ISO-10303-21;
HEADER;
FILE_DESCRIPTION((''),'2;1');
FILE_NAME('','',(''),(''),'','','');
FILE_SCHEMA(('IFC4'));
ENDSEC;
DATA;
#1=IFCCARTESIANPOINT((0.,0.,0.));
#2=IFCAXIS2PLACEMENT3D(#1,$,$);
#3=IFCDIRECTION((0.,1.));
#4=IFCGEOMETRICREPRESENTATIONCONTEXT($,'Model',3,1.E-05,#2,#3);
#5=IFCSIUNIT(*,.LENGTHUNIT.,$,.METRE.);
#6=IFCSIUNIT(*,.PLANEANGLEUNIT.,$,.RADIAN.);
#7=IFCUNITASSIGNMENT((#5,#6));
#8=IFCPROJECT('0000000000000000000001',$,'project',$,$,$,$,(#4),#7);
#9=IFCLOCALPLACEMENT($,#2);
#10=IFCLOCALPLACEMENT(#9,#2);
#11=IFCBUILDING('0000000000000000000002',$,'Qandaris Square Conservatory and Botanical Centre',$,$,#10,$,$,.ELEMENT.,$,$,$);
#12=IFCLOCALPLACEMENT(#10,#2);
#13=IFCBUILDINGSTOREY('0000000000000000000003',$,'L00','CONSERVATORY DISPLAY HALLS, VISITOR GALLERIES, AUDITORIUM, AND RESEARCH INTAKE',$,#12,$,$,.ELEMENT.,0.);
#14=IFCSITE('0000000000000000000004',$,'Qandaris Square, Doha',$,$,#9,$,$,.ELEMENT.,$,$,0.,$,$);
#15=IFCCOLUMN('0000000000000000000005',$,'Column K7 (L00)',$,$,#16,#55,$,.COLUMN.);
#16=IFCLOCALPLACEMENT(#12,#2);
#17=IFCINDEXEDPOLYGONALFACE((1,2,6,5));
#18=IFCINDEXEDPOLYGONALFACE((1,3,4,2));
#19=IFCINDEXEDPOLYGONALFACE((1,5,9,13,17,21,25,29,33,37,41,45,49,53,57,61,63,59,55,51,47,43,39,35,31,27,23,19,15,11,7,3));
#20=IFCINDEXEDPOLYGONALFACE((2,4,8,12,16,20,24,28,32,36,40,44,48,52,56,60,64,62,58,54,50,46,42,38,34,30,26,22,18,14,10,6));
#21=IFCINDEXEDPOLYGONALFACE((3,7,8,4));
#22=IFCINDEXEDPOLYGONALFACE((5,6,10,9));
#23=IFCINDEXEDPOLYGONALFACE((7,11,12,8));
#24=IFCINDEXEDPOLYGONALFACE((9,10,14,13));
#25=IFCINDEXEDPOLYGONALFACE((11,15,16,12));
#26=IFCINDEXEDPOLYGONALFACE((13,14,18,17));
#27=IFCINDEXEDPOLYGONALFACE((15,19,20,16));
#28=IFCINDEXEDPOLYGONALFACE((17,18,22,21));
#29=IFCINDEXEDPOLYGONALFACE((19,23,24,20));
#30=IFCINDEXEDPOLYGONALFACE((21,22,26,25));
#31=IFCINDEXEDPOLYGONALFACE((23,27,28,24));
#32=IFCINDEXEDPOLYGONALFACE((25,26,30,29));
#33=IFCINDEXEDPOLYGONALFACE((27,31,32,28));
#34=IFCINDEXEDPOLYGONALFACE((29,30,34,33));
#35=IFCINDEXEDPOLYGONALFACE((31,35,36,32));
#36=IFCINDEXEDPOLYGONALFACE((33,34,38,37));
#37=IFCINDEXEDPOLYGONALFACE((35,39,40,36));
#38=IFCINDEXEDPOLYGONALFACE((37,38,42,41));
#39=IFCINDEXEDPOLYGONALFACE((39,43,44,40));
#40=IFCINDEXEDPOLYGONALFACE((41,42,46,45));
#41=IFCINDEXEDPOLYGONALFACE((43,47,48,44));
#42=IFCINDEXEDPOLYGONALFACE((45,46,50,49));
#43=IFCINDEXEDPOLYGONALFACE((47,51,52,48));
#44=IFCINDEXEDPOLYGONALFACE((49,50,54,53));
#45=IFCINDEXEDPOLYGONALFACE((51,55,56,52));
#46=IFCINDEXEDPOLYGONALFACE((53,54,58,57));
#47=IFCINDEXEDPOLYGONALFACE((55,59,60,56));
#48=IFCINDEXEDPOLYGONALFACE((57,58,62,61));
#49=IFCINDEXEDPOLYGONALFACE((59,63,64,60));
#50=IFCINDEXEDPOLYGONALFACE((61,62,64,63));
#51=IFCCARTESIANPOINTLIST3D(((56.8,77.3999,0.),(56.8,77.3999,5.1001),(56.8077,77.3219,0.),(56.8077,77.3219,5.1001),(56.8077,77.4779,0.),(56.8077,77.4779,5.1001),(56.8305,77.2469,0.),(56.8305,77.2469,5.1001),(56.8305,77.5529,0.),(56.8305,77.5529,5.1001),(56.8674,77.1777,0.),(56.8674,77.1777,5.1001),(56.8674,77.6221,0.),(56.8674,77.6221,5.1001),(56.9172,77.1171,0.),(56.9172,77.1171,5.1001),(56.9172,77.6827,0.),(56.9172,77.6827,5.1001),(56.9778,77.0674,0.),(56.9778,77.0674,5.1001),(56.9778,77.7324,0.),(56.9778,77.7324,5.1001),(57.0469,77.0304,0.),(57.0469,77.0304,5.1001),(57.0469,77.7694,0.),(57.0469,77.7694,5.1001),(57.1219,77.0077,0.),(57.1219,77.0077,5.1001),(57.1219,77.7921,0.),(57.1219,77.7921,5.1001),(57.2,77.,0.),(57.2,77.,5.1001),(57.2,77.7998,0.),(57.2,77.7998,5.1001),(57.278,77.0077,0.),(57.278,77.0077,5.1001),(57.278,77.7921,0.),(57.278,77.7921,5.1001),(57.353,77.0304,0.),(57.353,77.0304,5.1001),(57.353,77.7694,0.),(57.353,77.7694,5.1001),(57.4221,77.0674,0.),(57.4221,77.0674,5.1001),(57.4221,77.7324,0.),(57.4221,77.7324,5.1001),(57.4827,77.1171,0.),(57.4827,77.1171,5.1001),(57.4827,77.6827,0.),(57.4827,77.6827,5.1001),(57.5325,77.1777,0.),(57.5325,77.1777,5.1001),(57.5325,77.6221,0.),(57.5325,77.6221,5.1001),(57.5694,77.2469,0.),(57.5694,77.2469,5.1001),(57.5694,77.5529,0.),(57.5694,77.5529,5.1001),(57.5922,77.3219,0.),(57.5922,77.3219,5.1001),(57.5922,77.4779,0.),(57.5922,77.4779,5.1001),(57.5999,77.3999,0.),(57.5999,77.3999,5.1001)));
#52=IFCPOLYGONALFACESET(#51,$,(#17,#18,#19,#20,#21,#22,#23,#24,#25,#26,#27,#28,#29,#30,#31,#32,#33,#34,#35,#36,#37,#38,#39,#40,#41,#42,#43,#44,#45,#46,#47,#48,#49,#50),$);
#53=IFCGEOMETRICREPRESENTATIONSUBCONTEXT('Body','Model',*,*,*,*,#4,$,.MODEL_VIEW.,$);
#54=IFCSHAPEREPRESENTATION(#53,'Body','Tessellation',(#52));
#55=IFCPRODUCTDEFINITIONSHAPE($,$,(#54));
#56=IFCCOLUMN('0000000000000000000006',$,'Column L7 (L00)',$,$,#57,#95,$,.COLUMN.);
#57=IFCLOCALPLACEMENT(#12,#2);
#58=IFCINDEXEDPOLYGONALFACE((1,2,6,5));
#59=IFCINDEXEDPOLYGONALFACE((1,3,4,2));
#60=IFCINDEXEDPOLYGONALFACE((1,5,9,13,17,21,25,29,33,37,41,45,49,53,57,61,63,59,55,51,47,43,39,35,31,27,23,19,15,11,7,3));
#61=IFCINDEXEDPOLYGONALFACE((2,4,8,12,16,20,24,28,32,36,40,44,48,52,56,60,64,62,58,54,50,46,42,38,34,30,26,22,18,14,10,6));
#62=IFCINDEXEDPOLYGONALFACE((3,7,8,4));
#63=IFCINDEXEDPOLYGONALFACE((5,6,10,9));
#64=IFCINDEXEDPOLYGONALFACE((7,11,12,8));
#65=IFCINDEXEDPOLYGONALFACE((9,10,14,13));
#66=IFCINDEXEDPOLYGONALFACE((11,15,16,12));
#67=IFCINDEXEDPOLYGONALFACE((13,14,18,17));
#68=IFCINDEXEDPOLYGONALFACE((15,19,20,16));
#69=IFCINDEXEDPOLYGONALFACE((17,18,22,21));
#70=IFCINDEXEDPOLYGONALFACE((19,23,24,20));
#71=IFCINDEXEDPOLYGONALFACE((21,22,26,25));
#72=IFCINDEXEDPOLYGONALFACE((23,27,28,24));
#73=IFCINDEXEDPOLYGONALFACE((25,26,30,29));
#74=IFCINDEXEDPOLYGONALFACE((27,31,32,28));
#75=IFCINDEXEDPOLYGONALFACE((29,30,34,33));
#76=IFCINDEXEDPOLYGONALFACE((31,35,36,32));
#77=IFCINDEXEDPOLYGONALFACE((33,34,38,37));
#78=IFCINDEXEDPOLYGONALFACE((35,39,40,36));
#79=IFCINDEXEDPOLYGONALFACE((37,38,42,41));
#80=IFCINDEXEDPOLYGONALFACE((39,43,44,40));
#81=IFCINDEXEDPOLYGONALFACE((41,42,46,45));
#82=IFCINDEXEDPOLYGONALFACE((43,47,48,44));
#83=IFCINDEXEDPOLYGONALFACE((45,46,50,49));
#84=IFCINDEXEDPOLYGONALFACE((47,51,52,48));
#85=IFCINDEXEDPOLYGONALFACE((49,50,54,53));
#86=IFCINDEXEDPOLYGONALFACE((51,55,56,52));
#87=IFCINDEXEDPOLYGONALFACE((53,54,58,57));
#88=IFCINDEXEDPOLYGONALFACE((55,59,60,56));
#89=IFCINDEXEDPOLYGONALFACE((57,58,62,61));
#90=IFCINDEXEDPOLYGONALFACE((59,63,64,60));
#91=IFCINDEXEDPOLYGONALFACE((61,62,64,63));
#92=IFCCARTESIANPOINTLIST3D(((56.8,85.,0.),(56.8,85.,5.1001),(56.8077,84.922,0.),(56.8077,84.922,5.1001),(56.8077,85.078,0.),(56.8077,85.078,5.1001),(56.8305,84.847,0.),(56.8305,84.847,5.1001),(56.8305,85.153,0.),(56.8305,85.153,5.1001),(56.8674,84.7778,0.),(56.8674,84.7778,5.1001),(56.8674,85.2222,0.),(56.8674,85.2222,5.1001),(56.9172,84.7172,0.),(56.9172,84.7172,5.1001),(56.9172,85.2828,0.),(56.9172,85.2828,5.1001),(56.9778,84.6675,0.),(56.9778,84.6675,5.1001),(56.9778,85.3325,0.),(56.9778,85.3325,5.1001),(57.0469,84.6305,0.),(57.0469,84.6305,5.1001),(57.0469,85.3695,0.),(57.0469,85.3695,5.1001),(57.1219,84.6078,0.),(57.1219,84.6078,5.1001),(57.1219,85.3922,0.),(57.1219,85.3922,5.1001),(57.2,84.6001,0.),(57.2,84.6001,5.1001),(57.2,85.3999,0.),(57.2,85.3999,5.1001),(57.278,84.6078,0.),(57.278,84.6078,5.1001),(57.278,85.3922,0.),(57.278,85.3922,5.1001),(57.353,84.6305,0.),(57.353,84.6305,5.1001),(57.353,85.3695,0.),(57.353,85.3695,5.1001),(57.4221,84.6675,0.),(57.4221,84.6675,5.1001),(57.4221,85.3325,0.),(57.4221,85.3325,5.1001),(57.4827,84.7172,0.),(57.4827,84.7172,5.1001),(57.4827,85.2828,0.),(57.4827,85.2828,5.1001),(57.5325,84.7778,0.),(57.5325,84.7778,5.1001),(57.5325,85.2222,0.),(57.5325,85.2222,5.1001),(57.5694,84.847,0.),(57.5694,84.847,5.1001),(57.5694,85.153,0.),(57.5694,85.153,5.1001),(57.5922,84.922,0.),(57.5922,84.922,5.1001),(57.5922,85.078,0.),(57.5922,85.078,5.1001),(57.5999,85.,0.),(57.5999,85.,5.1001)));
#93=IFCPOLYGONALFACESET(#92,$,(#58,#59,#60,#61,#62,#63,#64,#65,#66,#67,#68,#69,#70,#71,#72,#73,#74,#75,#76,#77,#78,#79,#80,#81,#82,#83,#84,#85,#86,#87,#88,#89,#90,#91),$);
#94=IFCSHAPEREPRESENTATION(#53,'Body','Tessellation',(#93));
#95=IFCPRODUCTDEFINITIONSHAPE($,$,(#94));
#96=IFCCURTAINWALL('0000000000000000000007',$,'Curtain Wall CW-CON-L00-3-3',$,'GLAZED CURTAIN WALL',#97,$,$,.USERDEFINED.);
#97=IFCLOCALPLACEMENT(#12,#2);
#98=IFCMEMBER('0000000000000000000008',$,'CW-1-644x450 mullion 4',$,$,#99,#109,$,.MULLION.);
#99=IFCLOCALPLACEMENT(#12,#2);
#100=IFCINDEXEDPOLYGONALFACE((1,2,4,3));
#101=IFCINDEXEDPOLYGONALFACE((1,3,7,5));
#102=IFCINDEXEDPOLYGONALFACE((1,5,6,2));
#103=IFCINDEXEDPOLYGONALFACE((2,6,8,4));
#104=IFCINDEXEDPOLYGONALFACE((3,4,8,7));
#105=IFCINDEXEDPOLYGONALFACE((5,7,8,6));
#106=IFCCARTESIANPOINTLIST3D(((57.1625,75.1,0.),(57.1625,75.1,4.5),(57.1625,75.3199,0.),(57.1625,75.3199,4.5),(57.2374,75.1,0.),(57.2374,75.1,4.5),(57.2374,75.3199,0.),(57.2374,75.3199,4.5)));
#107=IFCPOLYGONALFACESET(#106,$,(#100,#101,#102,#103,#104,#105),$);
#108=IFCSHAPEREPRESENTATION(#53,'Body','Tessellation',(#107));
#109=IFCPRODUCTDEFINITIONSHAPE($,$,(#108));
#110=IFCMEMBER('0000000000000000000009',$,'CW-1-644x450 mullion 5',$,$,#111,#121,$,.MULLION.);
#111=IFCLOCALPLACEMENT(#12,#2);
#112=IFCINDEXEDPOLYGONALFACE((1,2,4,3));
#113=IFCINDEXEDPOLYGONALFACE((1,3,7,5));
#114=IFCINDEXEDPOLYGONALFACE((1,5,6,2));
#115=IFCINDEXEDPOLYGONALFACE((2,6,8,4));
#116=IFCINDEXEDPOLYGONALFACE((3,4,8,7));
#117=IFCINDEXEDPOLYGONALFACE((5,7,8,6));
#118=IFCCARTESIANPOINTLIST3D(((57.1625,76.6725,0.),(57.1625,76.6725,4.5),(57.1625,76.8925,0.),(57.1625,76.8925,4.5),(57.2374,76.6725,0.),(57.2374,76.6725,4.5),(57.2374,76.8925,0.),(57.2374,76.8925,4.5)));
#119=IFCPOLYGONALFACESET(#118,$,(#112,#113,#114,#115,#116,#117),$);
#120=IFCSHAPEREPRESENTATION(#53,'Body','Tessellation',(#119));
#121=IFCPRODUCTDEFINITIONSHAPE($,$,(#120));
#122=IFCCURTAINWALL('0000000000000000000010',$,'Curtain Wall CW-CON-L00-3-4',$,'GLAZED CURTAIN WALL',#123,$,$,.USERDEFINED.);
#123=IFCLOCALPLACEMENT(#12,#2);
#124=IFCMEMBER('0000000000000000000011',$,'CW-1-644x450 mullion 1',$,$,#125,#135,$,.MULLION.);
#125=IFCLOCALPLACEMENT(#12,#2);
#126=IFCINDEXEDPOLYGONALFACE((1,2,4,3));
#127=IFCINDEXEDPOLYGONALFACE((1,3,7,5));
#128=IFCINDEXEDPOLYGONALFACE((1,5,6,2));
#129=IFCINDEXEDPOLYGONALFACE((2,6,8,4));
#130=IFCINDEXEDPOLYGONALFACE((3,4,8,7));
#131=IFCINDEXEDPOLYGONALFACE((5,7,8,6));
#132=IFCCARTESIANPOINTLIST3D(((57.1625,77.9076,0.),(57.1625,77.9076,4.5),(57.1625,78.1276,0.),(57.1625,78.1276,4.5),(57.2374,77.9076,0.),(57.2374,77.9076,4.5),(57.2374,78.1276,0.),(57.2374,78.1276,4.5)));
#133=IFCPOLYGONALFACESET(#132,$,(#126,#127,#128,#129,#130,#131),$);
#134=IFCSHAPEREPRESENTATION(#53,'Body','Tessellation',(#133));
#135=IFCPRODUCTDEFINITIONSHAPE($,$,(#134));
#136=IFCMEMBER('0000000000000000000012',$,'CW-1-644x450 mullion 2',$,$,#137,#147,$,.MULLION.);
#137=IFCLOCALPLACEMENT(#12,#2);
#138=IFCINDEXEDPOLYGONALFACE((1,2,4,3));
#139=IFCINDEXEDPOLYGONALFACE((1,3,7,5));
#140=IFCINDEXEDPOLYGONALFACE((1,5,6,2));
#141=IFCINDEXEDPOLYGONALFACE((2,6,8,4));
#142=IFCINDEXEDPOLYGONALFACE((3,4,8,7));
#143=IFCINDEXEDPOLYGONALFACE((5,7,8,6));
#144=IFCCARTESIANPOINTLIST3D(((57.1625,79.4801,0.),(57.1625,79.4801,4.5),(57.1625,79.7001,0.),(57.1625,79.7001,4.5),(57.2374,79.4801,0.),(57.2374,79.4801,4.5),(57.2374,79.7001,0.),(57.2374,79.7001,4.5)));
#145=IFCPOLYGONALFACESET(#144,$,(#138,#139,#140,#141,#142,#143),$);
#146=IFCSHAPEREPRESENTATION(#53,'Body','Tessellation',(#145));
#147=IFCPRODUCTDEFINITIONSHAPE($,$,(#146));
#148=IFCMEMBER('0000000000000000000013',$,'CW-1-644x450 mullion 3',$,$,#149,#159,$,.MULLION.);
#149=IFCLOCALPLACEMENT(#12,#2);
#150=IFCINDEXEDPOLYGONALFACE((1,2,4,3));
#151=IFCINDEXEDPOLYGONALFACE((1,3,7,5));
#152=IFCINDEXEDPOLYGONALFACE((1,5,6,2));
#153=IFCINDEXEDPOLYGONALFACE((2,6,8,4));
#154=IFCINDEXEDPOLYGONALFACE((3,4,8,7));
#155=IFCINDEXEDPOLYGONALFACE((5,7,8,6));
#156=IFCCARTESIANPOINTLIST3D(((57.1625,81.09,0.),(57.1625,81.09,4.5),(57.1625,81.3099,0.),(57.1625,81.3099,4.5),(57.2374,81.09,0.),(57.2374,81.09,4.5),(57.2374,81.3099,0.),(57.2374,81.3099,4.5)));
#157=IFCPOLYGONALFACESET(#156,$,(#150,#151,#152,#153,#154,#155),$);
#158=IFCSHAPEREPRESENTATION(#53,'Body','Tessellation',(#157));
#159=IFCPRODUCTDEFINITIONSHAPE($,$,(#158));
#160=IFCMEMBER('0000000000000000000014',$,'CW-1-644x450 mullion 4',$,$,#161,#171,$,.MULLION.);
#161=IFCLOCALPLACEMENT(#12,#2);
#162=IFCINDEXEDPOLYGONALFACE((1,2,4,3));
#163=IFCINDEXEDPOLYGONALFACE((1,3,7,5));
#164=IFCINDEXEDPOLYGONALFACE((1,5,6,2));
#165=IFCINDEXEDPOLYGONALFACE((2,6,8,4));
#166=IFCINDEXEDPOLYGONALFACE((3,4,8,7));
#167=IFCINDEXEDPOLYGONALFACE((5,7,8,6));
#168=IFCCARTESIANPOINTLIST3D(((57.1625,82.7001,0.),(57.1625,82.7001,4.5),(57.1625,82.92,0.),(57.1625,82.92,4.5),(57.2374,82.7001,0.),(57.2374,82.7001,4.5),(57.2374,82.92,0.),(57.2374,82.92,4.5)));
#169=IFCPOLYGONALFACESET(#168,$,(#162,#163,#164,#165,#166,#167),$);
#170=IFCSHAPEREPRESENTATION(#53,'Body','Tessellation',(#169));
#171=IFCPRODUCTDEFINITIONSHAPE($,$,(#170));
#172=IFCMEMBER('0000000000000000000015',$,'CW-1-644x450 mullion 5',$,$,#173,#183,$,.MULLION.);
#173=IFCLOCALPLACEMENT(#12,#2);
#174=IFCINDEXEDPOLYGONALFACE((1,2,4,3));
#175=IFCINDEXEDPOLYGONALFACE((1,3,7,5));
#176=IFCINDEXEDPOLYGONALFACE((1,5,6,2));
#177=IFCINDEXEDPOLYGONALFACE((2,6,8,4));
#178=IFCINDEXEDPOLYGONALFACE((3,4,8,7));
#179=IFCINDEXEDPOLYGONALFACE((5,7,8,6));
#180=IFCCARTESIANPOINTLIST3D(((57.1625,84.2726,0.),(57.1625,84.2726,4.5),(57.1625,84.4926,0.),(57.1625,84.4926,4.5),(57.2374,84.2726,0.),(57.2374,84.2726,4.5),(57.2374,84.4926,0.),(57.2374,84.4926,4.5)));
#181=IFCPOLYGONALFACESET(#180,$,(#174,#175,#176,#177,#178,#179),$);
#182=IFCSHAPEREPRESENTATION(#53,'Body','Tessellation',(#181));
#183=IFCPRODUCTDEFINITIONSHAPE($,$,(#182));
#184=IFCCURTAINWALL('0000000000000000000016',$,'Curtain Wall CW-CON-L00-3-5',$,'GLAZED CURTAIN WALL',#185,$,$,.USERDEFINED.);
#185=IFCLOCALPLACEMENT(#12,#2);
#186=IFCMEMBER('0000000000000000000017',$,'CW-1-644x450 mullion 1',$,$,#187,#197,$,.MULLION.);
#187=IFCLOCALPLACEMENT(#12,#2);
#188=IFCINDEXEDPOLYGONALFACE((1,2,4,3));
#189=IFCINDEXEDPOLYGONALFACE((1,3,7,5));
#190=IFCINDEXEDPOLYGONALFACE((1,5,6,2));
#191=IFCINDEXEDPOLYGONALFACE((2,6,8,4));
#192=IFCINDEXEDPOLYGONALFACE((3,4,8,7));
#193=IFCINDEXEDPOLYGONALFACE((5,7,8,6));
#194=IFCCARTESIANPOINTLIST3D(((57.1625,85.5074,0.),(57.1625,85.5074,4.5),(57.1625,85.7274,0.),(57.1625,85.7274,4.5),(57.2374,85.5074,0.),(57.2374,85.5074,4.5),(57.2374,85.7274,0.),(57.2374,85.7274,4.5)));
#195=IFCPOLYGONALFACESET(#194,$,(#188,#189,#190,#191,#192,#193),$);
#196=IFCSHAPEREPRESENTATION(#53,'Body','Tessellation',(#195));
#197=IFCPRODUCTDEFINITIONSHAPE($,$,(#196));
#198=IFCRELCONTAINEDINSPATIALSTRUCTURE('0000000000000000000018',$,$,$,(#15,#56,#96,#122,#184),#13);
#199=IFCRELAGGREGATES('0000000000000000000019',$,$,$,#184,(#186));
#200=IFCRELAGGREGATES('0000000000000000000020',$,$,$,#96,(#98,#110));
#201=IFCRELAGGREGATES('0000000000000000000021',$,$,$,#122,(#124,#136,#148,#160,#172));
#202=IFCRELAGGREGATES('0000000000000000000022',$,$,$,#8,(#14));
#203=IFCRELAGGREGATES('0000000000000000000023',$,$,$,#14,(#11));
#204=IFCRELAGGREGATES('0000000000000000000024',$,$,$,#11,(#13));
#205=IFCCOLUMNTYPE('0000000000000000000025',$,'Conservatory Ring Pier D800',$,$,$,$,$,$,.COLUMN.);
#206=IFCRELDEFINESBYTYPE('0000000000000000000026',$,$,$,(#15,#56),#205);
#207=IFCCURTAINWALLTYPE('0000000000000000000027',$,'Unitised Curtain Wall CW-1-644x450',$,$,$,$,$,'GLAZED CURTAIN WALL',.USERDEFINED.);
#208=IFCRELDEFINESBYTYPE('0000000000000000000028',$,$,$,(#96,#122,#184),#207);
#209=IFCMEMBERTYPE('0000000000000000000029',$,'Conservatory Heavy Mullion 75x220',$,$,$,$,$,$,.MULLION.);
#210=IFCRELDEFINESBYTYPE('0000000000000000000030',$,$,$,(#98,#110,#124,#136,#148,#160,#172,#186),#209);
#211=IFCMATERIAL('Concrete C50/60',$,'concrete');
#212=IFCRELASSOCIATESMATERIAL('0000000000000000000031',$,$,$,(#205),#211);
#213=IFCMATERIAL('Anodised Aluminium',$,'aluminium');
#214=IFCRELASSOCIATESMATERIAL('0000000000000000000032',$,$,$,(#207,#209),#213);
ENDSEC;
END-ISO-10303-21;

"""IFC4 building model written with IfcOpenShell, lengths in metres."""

from ifc_helpers import new_model, si_unit, direction, frame, origin, origin_2d, place, context, subcontext, project, spatial, rectangle, circle, extrude, material, material_profile, profile_set, type_object, element, aggregate, save


model = new_model("IFC4")

# Units and contexts
model_context = context("Model", 3, precision=1e-05, world=origin(), true_north=direction((0.0, 1.0)))
body_context = subcontext(model_context, "Body", "Model", "MODEL_VIEW")
ifc_project = project(units=[si_unit("LENGTHUNIT", "METRE"), si_unit("PLANEANGLEUNIT", "RADIAN")], contexts=[model_context])

# Site, building, storey
site_placement = place(None, origin())
site = spatial("IfcSite", under=ifc_project, at=site_placement, Name="Qandaris Square, Doha", CompositionType="ELEMENT", RefElevation=0.0)
building_placement = place(site_placement, origin())
building = spatial("IfcBuilding", under=site, at=building_placement, Name="Qandaris Square Conservatory and Botanical Centre", CompositionType="ELEMENT")
storey_placement = place(building_placement, origin())
storey = spatial("IfcBuildingStorey", under=building, at=storey_placement, Name="L00", Description="CONSERVATORY DISPLAY HALLS, VISITOR GALLERIES, AUDITORIUM, AND RESEARCH INTAKE", CompositionType="ELEMENT", Elevation=0.0)

# Columns
ifc_material_1 = material(Name="Concrete C50/60", Category="concrete")
ifc_material_profile_1 = material_profile(ifc_material_1, circle(Radius=0.3999, at=origin_2d()), Name="RC-COL D800")
ifc_profile_set_1 = profile_set([ifc_material_profile_1], Name="Concrete C50/60")
column_type = type_object("IfcColumnType", Name="Conservatory Ring Pier D800", PredefinedType="COLUMN", material=ifc_profile_set_1)
for number, where, z_axis, x_axis, name in (
    (1, (57.2, 77.3999, 0.0), (0.0, 0.0, 1.0), (1.0, 0.0, 0.0), "Column K7 (L00)"),
    (2, (57.2, 85.0, 0.0), (0.0, 0.0, 1.0), (1.0, 0.0, 0.0), "Column L7 (L00)"),
):
    element("IfcColumn", number, at=place(storey_placement, frame(where, z_axis=z_axis, x_axis=x_axis)), inside=storey, type_object=column_type, Name=name, PredefinedType="COLUMN", context=body_context, shape_type="SweptSolid", body=[
        extrude(circle(Radius=0.3999, at=origin_2d()), origin(), (0.0, 0.0, 1.0), 5.1001),
    ])

# Curtain walls, members
ifc_material_2 = material(Name="Anodised Aluminium", Category="aluminium")
curtain_wall_type = type_object("IfcCurtainWallType", Name="Unitised Curtain Wall CW-1-644x450", ElementType="GLAZED CURTAIN WALL", PredefinedType="USERDEFINED", material=ifc_material_2)
curtain_wall_1_placement = place(storey_placement, origin())
curtain_wall_1 = element("IfcCurtainWall", 3, at=curtain_wall_1_placement, inside=storey, type_object=curtain_wall_type, Name="Curtain Wall CW-CON-L00-3-3", ObjectType="GLAZED CURTAIN WALL", PredefinedType="USERDEFINED")
ifc_material_profile_2 = material_profile(ifc_material_2, rectangle(XDim=0.075, YDim=0.22, at=origin_2d()), Name="ALU-MUL 75x220")
ifc_profile_set_2 = profile_set([ifc_material_profile_2], Name="Anodised Aluminium")
member_type_1 = type_object("IfcMemberType", Name="Conservatory Heavy Mullion 75x220", PredefinedType="MULLION", material=ifc_profile_set_2)
member_1_placement = place(storey_placement, frame((57.2, 75.21, 0.0), z_axis=(0.0, 0.0, 1.0), x_axis=(-1.0, 0.0, 0.0)))
member_1 = element("IfcMember", 4, at=member_1_placement, type_object=member_type_1, Name="CW-1-644x450 mullion 4", PredefinedType="MULLION", context=body_context, shape_type="SweptSolid", body=[
    extrude(rectangle(XDim=0.075, YDim=0.22, at=origin_2d()), origin(), (0.0, 0.0, 1.0), 4.5),
])
member_2_placement = place(storey_placement, frame((57.2, 76.7825, 0.0), z_axis=(0.0, 0.0, 1.0), x_axis=(-1.0, 0.0, 0.0)))
member_2 = element("IfcMember", 5, at=member_2_placement, type_object=member_type_1, Name="CW-1-644x450 mullion 5", PredefinedType="MULLION", context=body_context, shape_type="SweptSolid", body=[
    extrude(rectangle(XDim=0.075, YDim=0.22, at=origin_2d()), origin(), (0.0, 0.0, 1.0), 4.5),
])
curtain_wall_2_placement = place(storey_placement, origin())
curtain_wall_2 = element("IfcCurtainWall", 6, at=curtain_wall_2_placement, inside=storey, type_object=curtain_wall_type, Name="Curtain Wall CW-CON-L00-3-4", ObjectType="GLAZED CURTAIN WALL", PredefinedType="USERDEFINED")
member_3_placement = place(storey_placement, frame((57.2, 78.0176, 0.0), z_axis=(0.0, 0.0, 1.0), x_axis=(-1.0, 0.0, 0.0)))
member_3 = element("IfcMember", 7, at=member_3_placement, type_object=member_type_1, Name="CW-1-644x450 mullion 1", PredefinedType="MULLION", context=body_context, shape_type="SweptSolid", body=[
    extrude(rectangle(XDim=0.075, YDim=0.22, at=origin_2d()), origin(), (0.0, 0.0, 1.0), 4.5),
])
member_4_placement = place(storey_placement, frame((57.2, 79.5901, 0.0), z_axis=(0.0, 0.0, 1.0), x_axis=(-1.0, 0.0, 0.0)))
member_4 = element("IfcMember", 8, at=member_4_placement, type_object=member_type_1, Name="CW-1-644x450 mullion 2", PredefinedType="MULLION", context=body_context, shape_type="SweptSolid", body=[
    extrude(rectangle(XDim=0.075, YDim=0.22, at=origin_2d()), origin(), (0.0, 0.0, 1.0), 4.5),
])
member_5_placement = place(storey_placement, frame((57.2, 81.2, 0.0), z_axis=(0.0, 0.0, 1.0), x_axis=(-1.0, 0.0, 0.0)))
member_5 = element("IfcMember", 9, at=member_5_placement, type_object=member_type_1, Name="CW-1-644x450 mullion 3", PredefinedType="MULLION", context=body_context, shape_type="SweptSolid", body=[
    extrude(rectangle(XDim=0.075, YDim=0.22, at=origin_2d()), origin(), (0.0, 0.0, 1.0), 4.5),
])
member_6_placement = place(storey_placement, frame((57.2, 82.8101, 0.0), z_axis=(0.0, 0.0, 1.0), x_axis=(-1.0, 0.0, 0.0)))
member_6 = element("IfcMember", 10, at=member_6_placement, type_object=member_type_1, Name="CW-1-644x450 mullion 4", PredefinedType="MULLION", context=body_context, shape_type="SweptSolid", body=[
    extrude(rectangle(XDim=0.075, YDim=0.22, at=origin_2d()), origin(), (0.0, 0.0, 1.0), 4.5),
])
member_7_placement = place(storey_placement, frame((57.2, 84.3826, 0.0), z_axis=(0.0, 0.0, 1.0), x_axis=(-1.0, 0.0, 0.0)))
member_7 = element("IfcMember", 11, at=member_7_placement, type_object=member_type_1, Name="CW-1-644x450 mullion 5", PredefinedType="MULLION", context=body_context, shape_type="SweptSolid", body=[
    extrude(rectangle(XDim=0.075, YDim=0.22, at=origin_2d()), origin(), (0.0, 0.0, 1.0), 4.5),
])

# Curtain wall, member
curtain_wall_3_placement = place(storey_placement, origin())
curtain_wall_3 = element("IfcCurtainWall", 12, at=curtain_wall_3_placement, inside=storey, type_object=curtain_wall_type, Name="Curtain Wall CW-CON-L00-3-5", ObjectType="GLAZED CURTAIN WALL", PredefinedType="USERDEFINED")
member_8_placement = place(storey_placement, frame((57.2, 85.6174, 0.0), z_axis=(0.0, 0.0, 1.0), x_axis=(-1.0, 0.0, 0.0)))
member_8 = element("IfcMember", 13, at=member_8_placement, type_object=member_type_1, Name="CW-1-644x450 mullion 1", PredefinedType="MULLION", context=body_context, shape_type="SweptSolid", body=[
    extrude(rectangle(XDim=0.075, YDim=0.22, at=origin_2d()), origin(), (0.0, 0.0, 1.0), 4.5),
])
aggregate(curtain_wall_3, [member_8])

aggregate(curtain_wall_1, [member_1, member_2])
aggregate(curtain_wall_2, [member_3, member_4, member_5, member_6, member_7])

save(model, "model.ifc")
